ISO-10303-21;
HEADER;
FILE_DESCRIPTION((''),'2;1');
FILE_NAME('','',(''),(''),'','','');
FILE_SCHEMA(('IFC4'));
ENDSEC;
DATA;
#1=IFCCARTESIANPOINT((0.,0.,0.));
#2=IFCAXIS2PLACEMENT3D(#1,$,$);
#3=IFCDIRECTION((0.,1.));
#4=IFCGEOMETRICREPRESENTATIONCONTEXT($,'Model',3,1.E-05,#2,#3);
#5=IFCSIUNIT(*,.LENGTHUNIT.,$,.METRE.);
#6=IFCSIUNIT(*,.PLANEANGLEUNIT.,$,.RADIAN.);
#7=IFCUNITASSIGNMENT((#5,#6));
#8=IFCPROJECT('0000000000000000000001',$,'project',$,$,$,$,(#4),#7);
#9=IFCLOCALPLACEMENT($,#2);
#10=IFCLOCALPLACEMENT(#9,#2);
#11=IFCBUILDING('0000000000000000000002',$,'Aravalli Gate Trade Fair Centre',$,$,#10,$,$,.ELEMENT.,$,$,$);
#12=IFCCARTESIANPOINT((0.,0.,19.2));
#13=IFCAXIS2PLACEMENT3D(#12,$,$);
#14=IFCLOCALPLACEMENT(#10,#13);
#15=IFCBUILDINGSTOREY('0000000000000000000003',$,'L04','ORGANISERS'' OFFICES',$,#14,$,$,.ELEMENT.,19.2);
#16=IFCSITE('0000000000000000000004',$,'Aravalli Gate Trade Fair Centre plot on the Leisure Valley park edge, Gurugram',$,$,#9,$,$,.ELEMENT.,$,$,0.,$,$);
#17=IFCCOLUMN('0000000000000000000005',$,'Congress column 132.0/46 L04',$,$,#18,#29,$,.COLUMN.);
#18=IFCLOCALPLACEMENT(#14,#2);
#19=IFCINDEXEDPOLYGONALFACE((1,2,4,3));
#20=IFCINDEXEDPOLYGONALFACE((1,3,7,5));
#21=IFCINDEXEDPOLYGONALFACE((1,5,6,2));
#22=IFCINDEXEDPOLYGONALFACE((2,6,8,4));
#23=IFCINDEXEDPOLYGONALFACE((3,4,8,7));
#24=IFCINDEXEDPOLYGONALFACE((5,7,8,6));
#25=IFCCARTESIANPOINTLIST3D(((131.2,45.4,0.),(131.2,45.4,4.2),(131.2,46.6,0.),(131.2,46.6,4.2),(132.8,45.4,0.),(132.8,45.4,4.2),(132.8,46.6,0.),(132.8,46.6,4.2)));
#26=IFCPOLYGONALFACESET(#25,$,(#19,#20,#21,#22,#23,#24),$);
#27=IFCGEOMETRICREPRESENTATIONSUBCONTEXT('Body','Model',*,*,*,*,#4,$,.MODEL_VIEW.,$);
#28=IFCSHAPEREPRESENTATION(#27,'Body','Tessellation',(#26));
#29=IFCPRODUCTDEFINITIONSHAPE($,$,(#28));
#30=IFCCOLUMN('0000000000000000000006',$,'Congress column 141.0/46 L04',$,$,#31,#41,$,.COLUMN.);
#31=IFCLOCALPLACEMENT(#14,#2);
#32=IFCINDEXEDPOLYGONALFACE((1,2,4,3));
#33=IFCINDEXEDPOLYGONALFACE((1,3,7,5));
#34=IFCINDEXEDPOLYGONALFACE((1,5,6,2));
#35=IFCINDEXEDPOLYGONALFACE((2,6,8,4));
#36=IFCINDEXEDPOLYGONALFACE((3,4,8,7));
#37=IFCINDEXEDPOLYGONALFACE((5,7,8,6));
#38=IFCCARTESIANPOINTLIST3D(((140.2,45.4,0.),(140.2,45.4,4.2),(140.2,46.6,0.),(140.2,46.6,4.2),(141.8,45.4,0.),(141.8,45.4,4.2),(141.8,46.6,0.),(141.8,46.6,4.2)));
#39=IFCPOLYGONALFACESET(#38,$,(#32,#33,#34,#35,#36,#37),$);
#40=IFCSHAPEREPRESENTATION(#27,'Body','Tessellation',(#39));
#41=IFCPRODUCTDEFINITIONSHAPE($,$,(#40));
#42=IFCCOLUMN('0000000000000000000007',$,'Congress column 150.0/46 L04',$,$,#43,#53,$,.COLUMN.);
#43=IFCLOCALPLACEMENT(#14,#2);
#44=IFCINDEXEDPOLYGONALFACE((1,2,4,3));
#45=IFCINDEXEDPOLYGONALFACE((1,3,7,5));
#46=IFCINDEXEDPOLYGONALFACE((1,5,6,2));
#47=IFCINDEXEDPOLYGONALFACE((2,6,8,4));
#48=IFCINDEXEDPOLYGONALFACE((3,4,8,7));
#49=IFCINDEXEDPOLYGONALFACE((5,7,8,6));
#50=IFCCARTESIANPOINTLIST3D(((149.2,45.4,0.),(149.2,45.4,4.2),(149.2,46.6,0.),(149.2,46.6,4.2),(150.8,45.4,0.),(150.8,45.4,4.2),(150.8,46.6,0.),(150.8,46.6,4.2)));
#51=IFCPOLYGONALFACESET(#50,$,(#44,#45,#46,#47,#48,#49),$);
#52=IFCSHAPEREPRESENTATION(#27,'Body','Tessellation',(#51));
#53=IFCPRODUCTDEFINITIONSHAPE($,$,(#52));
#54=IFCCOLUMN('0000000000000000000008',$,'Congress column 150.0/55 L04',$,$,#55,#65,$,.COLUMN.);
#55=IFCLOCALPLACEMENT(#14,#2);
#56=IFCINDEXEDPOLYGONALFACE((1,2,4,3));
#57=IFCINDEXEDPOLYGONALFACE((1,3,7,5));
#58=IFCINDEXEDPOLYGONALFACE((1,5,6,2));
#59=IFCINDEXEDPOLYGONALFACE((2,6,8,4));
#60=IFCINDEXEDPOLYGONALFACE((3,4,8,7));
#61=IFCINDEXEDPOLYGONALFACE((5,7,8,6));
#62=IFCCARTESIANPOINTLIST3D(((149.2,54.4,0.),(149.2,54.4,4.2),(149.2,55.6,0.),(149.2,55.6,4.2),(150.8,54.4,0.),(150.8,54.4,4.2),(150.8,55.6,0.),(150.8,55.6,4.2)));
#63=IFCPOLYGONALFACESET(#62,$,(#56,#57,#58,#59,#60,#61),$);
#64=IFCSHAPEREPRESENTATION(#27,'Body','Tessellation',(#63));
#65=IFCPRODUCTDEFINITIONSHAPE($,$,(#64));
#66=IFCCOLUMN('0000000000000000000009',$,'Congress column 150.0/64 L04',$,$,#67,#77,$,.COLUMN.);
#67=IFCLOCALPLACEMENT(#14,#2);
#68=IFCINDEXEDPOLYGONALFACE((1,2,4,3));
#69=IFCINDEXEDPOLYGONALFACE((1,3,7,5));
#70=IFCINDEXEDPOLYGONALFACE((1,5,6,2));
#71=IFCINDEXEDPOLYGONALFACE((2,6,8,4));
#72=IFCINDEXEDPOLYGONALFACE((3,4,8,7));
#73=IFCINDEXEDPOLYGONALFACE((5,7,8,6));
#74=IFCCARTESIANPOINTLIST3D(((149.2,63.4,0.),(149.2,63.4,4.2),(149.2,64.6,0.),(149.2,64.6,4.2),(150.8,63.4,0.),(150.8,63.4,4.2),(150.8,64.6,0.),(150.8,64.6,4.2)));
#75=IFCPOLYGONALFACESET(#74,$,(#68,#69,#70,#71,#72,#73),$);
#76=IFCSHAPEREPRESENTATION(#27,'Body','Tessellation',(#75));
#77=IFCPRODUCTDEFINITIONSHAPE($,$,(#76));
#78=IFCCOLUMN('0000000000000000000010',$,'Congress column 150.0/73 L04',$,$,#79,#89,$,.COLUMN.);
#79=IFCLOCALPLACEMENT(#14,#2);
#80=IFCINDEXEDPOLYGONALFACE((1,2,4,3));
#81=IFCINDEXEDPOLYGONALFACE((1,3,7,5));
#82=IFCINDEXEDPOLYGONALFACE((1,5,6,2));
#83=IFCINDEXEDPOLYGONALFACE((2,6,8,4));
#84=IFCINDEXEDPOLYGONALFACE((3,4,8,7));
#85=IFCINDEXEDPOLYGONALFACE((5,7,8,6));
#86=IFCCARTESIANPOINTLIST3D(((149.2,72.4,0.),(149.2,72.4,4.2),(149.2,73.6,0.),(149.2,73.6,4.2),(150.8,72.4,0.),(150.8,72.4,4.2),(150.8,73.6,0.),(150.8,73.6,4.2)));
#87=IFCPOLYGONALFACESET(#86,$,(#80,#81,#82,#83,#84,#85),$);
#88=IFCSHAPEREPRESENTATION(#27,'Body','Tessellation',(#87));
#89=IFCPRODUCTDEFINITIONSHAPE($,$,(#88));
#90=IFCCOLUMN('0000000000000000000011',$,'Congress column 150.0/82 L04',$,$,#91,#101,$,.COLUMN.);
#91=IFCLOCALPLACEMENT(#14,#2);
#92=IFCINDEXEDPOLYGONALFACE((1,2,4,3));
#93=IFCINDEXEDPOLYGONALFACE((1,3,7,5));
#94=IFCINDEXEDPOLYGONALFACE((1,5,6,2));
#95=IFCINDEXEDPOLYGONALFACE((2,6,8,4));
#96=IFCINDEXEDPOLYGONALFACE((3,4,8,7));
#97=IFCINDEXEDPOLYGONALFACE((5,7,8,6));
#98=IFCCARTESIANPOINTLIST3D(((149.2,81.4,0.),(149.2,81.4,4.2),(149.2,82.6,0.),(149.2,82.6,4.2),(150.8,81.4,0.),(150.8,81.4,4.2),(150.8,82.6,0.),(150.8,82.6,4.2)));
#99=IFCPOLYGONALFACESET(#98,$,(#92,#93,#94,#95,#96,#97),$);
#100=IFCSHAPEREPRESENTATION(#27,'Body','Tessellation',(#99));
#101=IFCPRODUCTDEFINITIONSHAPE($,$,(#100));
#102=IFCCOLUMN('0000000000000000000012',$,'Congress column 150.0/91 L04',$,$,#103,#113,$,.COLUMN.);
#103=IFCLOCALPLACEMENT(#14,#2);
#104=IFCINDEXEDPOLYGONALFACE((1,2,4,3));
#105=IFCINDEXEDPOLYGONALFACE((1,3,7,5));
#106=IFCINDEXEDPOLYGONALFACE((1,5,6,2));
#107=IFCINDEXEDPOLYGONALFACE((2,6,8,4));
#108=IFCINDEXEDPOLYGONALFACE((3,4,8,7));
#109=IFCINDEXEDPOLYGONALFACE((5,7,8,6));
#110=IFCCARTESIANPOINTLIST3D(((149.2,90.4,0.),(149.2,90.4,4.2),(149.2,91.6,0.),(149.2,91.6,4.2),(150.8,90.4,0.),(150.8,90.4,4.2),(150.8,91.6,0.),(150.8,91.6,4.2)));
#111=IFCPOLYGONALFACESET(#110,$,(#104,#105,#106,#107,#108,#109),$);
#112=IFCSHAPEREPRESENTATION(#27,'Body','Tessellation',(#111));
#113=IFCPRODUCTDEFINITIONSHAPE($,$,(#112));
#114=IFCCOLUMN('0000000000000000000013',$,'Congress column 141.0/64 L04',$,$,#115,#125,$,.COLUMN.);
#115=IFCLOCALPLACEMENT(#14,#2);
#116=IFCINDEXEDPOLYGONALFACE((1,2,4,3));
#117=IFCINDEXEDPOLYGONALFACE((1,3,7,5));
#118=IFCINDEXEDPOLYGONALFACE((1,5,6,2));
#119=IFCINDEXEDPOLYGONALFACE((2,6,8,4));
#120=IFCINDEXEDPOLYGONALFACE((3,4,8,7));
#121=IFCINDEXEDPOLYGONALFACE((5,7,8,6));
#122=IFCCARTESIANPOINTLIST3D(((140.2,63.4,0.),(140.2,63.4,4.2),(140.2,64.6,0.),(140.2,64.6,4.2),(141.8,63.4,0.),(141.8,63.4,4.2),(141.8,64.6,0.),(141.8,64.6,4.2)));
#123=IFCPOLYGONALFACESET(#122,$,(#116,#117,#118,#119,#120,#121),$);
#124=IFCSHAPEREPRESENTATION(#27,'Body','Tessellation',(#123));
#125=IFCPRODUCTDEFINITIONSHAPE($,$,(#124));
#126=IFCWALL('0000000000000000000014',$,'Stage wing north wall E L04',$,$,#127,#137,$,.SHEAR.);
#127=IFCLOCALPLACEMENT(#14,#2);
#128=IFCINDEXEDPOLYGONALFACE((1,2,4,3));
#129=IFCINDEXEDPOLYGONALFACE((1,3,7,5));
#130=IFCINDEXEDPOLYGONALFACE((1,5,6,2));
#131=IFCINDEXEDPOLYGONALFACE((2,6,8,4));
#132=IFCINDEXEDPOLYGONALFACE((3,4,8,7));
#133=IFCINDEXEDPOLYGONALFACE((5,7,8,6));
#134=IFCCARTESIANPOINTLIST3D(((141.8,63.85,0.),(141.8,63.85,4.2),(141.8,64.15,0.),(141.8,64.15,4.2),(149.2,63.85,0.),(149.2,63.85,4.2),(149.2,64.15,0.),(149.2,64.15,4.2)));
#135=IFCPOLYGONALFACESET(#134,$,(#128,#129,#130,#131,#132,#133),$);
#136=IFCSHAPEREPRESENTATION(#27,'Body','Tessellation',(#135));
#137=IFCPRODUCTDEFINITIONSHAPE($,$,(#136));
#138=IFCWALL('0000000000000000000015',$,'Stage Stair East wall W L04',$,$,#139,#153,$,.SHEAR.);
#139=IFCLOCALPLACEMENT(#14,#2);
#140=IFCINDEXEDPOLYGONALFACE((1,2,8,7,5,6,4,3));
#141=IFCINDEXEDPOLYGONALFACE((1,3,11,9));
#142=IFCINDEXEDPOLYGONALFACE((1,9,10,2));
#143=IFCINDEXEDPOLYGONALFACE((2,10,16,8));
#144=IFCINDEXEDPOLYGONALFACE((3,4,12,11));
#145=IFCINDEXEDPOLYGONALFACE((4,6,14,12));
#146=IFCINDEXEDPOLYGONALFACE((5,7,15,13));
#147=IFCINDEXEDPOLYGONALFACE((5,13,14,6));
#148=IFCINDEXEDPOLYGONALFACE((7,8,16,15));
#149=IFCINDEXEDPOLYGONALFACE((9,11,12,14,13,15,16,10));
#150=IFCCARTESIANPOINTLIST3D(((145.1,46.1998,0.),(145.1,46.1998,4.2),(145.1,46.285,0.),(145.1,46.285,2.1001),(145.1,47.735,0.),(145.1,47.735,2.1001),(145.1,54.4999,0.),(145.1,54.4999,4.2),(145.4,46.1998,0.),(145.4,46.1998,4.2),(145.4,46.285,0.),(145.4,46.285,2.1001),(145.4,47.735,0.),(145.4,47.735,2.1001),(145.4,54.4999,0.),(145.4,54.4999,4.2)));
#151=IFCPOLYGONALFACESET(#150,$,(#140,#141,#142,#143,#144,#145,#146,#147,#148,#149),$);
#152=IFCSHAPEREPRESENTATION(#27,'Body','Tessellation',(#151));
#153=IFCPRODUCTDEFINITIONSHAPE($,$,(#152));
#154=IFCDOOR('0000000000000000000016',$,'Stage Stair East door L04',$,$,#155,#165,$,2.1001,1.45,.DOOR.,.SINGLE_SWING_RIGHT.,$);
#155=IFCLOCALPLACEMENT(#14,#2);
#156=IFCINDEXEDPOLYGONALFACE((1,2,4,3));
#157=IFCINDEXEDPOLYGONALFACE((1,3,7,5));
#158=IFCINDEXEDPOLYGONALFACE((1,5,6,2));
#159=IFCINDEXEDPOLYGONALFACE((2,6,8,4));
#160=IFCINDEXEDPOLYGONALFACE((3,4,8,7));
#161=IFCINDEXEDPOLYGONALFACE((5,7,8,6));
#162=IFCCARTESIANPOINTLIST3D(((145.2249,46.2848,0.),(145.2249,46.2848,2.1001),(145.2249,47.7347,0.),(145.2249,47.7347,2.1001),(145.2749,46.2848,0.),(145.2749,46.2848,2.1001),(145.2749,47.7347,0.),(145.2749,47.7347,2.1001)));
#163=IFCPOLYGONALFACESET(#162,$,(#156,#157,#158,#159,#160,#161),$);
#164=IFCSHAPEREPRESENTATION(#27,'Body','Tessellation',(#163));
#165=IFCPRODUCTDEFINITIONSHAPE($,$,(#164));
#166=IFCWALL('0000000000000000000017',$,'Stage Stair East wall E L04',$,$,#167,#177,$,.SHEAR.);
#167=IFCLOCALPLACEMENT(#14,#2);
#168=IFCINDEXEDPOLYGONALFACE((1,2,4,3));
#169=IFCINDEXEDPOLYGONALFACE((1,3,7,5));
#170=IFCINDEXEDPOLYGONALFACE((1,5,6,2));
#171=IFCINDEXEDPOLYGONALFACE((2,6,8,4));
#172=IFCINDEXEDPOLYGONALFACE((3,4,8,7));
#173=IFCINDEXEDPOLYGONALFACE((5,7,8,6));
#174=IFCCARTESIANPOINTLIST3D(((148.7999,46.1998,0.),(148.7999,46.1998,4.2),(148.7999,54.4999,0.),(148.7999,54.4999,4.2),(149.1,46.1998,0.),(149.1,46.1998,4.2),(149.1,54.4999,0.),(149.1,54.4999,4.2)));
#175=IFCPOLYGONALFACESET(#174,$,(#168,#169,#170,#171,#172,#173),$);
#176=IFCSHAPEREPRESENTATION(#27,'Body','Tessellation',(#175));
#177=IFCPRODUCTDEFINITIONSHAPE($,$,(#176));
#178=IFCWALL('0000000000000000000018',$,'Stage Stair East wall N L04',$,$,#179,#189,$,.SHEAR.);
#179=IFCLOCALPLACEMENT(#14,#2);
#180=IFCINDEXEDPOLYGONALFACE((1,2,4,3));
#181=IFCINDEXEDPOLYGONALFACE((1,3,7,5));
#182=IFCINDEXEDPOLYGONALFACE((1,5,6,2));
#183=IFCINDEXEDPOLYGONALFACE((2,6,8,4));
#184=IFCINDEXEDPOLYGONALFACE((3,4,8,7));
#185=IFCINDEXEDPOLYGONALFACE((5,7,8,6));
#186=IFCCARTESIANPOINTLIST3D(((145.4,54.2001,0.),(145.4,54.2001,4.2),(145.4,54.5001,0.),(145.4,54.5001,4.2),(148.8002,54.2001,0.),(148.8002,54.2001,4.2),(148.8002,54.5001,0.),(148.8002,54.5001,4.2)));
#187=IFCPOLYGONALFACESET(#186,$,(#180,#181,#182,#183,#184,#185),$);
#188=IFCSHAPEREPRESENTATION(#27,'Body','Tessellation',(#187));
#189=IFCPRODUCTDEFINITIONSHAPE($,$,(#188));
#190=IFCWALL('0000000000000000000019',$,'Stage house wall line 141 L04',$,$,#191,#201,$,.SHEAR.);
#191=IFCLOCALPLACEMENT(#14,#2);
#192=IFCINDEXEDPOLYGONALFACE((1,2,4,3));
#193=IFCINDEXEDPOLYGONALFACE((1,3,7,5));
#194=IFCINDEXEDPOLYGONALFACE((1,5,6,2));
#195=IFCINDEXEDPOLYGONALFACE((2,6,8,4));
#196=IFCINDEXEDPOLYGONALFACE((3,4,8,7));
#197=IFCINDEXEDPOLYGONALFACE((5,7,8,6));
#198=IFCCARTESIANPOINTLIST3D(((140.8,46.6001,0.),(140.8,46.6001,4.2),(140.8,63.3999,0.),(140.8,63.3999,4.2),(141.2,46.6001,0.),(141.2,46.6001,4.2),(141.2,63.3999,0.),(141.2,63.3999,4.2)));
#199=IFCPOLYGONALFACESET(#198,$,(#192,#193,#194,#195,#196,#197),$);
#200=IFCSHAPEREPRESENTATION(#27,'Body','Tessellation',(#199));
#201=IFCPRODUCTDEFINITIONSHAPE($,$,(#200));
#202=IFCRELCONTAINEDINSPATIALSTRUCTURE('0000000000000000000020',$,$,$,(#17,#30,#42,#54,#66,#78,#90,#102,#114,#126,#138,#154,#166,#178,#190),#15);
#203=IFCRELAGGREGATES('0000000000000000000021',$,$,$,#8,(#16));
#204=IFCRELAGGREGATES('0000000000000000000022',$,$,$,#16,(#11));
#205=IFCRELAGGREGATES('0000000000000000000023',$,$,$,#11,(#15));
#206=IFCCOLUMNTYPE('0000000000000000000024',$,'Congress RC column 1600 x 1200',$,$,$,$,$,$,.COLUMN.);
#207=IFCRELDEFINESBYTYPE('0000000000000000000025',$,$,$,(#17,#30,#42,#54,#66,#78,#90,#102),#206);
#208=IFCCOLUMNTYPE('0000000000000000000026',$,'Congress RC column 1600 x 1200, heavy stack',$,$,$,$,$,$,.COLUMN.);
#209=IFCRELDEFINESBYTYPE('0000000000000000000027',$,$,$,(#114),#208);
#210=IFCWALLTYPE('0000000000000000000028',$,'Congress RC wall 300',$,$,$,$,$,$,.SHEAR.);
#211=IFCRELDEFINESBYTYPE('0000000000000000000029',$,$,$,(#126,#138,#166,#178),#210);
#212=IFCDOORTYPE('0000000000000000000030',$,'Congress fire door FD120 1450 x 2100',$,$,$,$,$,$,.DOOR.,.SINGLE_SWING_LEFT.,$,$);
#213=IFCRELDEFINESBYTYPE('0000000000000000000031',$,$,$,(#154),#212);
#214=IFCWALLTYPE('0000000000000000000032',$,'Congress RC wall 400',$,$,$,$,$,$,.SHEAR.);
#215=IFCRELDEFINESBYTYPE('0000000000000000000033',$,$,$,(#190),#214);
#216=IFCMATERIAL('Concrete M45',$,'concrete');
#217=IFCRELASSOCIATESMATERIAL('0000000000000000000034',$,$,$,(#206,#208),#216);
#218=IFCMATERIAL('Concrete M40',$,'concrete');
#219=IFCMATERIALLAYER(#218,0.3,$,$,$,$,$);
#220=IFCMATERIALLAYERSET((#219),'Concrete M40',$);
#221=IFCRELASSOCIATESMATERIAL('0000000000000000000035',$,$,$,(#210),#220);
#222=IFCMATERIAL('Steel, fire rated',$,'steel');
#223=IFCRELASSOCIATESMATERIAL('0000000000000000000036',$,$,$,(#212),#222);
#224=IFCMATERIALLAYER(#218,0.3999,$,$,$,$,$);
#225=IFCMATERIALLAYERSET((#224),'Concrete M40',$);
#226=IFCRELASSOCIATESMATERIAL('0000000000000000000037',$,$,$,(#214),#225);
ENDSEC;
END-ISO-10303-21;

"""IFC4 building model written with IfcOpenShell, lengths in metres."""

from ifc_helpers import new_model, si_unit, direction, frame, frame_2d, origin, origin_2d, place, context, subcontext, project, spatial, rectangle, extrude, material, layer, layer_set, material_profile, profile_set, type_object, element, fill, save


model = new_model("IFC4")

# Units and contexts
model_context = context("Model", 3, precision=1e-05, world=origin(), true_north=direction((0.0, 1.0)))
body_context = subcontext(model_context, "Body", "Model", "MODEL_VIEW")
ifc_project = project(units=[si_unit("LENGTHUNIT", "METRE"), si_unit("PLANEANGLEUNIT", "RADIAN")], contexts=[model_context])

# Site, building, storey
site_placement = place(None, origin())
site = spatial("IfcSite", under=ifc_project, at=site_placement, Name="Aravalli Gate Trade Fair Centre plot on the Leisure Valley park edge, Gurugram", CompositionType="ELEMENT", RefElevation=0.0)
building_placement = place(site_placement, origin())
building = spatial("IfcBuilding", under=site, at=building_placement, Name="Aravalli Gate Trade Fair Centre", CompositionType="ELEMENT")
storey_placement = place(building_placement, frame((0.0, 0.0, 19.2)))
storey = spatial("IfcBuildingStorey", under=building, at=storey_placement, Name="L04", Description="ORGANISERS' OFFICES", CompositionType="ELEMENT", Elevation=19.2)

# Columns
ifc_material_1 = material(Name="Concrete M45", Category="concrete")
ifc_material_profile_1 = material_profile(ifc_material_1, rectangle(XDim=1.6001, YDim=1.2, at=origin_2d()), Name="RC 1600x1200")
ifc_profile_set_1 = profile_set([ifc_material_profile_1], Name="Concrete M45")
column_type_1 = type_object("IfcColumnType", Name="Congress RC column 1600 x 1200", PredefinedType="COLUMN", material=ifc_profile_set_1)
for number, where, z_axis, x_axis, name in (
    (1, (132.0, 46.0, 0.0), (0.0, 0.0, 1.0), (1.0, 0.0, 0.0), "Congress column 132.0/46 L04"),
    (2, (141.0, 46.0, 0.0), (0.0, 0.0, 1.0), (1.0, 0.0, 0.0), "Congress column 141.0/46 L04"),
    (3, (150.0, 46.0, 0.0), (0.0, 0.0, 1.0), (1.0, 0.0, 0.0), "Congress column 150.0/46 L04"),
    (4, (150.0, 55.0, 0.0), (0.0, 0.0, 1.0), (1.0, 0.0, 0.0), "Congress column 150.0/55 L04"),
    (5, (150.0, 64.0, 0.0), (0.0, 0.0, 1.0), (1.0, 0.0, 0.0), "Congress column 150.0/64 L04"),
    (6, (150.0, 73.0, 0.0), (0.0, 0.0, 1.0), (1.0, 0.0, 0.0), "Congress column 150.0/73 L04"),
    (7, (150.0, 82.0, 0.0), (0.0, 0.0, 1.0), (1.0, 0.0, 0.0), "Congress column 150.0/82 L04"),
    (8, (150.0, 91.0, 0.0), (0.0, 0.0, 1.0), (1.0, 0.0, 0.0), "Congress column 150.0/91 L04"),
):
    element("IfcColumn", number, at=place(storey_placement, frame(where, z_axis=z_axis, x_axis=x_axis)), inside=storey, type_object=column_type_1, Name=name, PredefinedType="COLUMN", context=body_context, shape_type="SweptSolid", body=[
        extrude(rectangle(XDim=1.6001, YDim=1.2, at=origin_2d()), origin(), (0.0, 0.0, 1.0), 4.2),
    ])
ifc_material_profile_2 = material_profile(ifc_material_1, rectangle(XDim=1.6001, YDim=1.2, at=origin_2d()), Name="RC 1600x1200")
ifc_profile_set_2 = profile_set([ifc_material_profile_2], Name="Concrete M45")
column_type_2 = type_object("IfcColumnType", Name="Congress RC column 1600 x 1200, heavy stack", PredefinedType="COLUMN", material=ifc_profile_set_2)
column_placement = place(storey_placement, frame((141.0, 64.0, 0.0), z_axis=(0.0, 0.0, 1.0), x_axis=(1.0, 0.0, 0.0)))
element("IfcColumn", 9, at=column_placement, inside=storey, type_object=column_type_2, Name="Congress column 141.0/64 L04", PredefinedType="COLUMN", context=body_context, shape_type="SweptSolid", body=[
    extrude(rectangle(XDim=1.6001, YDim=1.2, at=origin_2d()), origin(), (0.0, 0.0, 1.0), 4.2),
])

# Wall
ifc_material_2 = material(Name="Concrete M40", Category="concrete")
ifc_layer_1 = layer(ifc_material_2, 0.3)
ifc_layer_set_1 = layer_set([ifc_layer_1], Name="Concrete M40")
wall_type_1 = type_object("IfcWallType", Name="Congress RC wall 300", PredefinedType="SHEAR", material=ifc_layer_set_1)
wall_1_placement = place(storey_placement, frame((141.8, 64.0, 0.0), z_axis=(0.0, 0.0, 1.0), x_axis=(1.0, 0.0, 0.0)))
element("IfcWall", 10, at=wall_1_placement, inside=storey, type_object=wall_type_1, Name="Stage wing north wall E L04", PredefinedType="SHEAR", context=body_context, shape_type="SweptSolid", body=[
    extrude(rectangle(XDim=7.3999, YDim=0.3, at=frame_2d((3.7, 0.0))), origin(), (0.0, 0.0, 1.0), 4.2),
])

# Wall, opening, door
wall_2_placement = place(storey_placement, frame((145.25, 46.2, 0.0), z_axis=(0.0, 0.0, 1.0), x_axis=(0.0, 1.0, 0.0)))
wall_2 = element("IfcWall", 11, at=wall_2_placement, inside=storey, type_object=wall_type_1, Name="Stage Stair East wall W L04", PredefinedType="SHEAR", context=body_context, shape_type="SweptSolid", body=[
    extrude(rectangle(XDim=8.3, YDim=0.3, at=frame_2d((4.1499, 0.0))), origin(), (0.0, 0.0, 1.0), 4.2),
])
opening_1_placement = place(wall_2_placement, frame((0.085, 0.0, 0.0)))
opening_1 = element("IfcOpeningElement", 12, at=opening_1_placement, cuts=wall_2, PredefinedType="OPENING", context=body_context, shape_type="SweptSolid", body=[
    extrude(rectangle(XDim=1.45, YDim=2.1001, at=frame_2d((0.7251, 1.05))), frame((0.0, 0.1599, 0.0), z_axis=(0.0, -1.0, 0.0), x_axis=(1.0, 0.0, 0.0)), (0.0, 0.0, 1.0), 0.3201),
])
ifc_material_3 = material(Name="Steel, fire rated", Category="steel")
door_type_1 = type_object("IfcDoorType", Name="Congress fire door FD120 1450 x 2100", OperationType="SINGLE_SWING_LEFT", PredefinedType="DOOR", material=ifc_material_3)
door_1_placement = place(opening_1_placement, frame((1.45, 0.0, 0.0), z_axis=(0.0, 0.0, 1.0), x_axis=(-1.0, 0.0, 0.0)))
door_1 = element("IfcDoor", 13, at=door_1_placement, inside=storey, type_object=door_type_1, Name="Stage Stair East door L04", OperationType="SINGLE_SWING_RIGHT", OverallHeight=2.1001, OverallWidth=1.45, PredefinedType="DOOR", context=body_context, shape_type="SweptSolid", body=[
    extrude(rectangle(XDim=1.45, YDim=2.1001, at=frame_2d((0.7251, 1.05))), frame((0.0, 0.0249, 0.0), z_axis=(0.0, -1.0, 0.0), x_axis=(1.0, 0.0, 0.0)), (0.0, 0.0, 1.0), 0.05),
])
fill(opening_1, door_1)

# Walls
wall_3_placement = place(storey_placement, frame((148.95, 46.2, 0.0), z_axis=(0.0, 0.0, 1.0), x_axis=(0.0, 1.0, 0.0)))
element("IfcWall", 14, at=wall_3_placement, inside=storey, type_object=wall_type_1, Name="Stage Stair East wall E L04", PredefinedType="SHEAR", context=body_context, shape_type="SweptSolid", body=[
    extrude(rectangle(XDim=8.3, YDim=0.3, at=frame_2d((4.1499, 0.0))), origin(), (0.0, 0.0, 1.0), 4.2),
])
wall_4_placement = place(storey_placement, frame((145.3999, 54.3501, 0.0), z_axis=(0.0, 0.0, 1.0), x_axis=(1.0, 0.0, 0.0)))
element("IfcWall", 15, at=wall_4_placement, inside=storey, type_object=wall_type_1, Name="Stage Stair East wall N L04", PredefinedType="SHEAR", context=body_context, shape_type="SweptSolid", body=[
    extrude(rectangle(XDim=3.4001, YDim=0.3, at=frame_2d((1.7002, 0.0))), origin(), (0.0, 0.0, 1.0), 4.2),
])
ifc_layer_2 = layer(ifc_material_2, 0.3999)
ifc_layer_set_2 = layer_set([ifc_layer_2], Name="Concrete M40")
wall_type_2 = type_object("IfcWallType", Name="Congress RC wall 400", PredefinedType="SHEAR", material=ifc_layer_set_2)
wall_5_placement = place(storey_placement, frame((141.0, 46.6001, 0.0), z_axis=(0.0, 0.0, 1.0), x_axis=(0.0, 1.0, 0.0)))
element("IfcWall", 16, at=wall_5_placement, inside=storey, type_object=wall_type_2, Name="Stage house wall line 141 L04", PredefinedType="SHEAR", context=body_context, shape_type="SweptSolid", body=[
    extrude(rectangle(XDim=16.7998, YDim=0.3999, at=frame_2d((8.3999, 0.0))), origin(), (0.0, 0.0, 1.0), 4.2),
])

save(model, "model.ifc")
